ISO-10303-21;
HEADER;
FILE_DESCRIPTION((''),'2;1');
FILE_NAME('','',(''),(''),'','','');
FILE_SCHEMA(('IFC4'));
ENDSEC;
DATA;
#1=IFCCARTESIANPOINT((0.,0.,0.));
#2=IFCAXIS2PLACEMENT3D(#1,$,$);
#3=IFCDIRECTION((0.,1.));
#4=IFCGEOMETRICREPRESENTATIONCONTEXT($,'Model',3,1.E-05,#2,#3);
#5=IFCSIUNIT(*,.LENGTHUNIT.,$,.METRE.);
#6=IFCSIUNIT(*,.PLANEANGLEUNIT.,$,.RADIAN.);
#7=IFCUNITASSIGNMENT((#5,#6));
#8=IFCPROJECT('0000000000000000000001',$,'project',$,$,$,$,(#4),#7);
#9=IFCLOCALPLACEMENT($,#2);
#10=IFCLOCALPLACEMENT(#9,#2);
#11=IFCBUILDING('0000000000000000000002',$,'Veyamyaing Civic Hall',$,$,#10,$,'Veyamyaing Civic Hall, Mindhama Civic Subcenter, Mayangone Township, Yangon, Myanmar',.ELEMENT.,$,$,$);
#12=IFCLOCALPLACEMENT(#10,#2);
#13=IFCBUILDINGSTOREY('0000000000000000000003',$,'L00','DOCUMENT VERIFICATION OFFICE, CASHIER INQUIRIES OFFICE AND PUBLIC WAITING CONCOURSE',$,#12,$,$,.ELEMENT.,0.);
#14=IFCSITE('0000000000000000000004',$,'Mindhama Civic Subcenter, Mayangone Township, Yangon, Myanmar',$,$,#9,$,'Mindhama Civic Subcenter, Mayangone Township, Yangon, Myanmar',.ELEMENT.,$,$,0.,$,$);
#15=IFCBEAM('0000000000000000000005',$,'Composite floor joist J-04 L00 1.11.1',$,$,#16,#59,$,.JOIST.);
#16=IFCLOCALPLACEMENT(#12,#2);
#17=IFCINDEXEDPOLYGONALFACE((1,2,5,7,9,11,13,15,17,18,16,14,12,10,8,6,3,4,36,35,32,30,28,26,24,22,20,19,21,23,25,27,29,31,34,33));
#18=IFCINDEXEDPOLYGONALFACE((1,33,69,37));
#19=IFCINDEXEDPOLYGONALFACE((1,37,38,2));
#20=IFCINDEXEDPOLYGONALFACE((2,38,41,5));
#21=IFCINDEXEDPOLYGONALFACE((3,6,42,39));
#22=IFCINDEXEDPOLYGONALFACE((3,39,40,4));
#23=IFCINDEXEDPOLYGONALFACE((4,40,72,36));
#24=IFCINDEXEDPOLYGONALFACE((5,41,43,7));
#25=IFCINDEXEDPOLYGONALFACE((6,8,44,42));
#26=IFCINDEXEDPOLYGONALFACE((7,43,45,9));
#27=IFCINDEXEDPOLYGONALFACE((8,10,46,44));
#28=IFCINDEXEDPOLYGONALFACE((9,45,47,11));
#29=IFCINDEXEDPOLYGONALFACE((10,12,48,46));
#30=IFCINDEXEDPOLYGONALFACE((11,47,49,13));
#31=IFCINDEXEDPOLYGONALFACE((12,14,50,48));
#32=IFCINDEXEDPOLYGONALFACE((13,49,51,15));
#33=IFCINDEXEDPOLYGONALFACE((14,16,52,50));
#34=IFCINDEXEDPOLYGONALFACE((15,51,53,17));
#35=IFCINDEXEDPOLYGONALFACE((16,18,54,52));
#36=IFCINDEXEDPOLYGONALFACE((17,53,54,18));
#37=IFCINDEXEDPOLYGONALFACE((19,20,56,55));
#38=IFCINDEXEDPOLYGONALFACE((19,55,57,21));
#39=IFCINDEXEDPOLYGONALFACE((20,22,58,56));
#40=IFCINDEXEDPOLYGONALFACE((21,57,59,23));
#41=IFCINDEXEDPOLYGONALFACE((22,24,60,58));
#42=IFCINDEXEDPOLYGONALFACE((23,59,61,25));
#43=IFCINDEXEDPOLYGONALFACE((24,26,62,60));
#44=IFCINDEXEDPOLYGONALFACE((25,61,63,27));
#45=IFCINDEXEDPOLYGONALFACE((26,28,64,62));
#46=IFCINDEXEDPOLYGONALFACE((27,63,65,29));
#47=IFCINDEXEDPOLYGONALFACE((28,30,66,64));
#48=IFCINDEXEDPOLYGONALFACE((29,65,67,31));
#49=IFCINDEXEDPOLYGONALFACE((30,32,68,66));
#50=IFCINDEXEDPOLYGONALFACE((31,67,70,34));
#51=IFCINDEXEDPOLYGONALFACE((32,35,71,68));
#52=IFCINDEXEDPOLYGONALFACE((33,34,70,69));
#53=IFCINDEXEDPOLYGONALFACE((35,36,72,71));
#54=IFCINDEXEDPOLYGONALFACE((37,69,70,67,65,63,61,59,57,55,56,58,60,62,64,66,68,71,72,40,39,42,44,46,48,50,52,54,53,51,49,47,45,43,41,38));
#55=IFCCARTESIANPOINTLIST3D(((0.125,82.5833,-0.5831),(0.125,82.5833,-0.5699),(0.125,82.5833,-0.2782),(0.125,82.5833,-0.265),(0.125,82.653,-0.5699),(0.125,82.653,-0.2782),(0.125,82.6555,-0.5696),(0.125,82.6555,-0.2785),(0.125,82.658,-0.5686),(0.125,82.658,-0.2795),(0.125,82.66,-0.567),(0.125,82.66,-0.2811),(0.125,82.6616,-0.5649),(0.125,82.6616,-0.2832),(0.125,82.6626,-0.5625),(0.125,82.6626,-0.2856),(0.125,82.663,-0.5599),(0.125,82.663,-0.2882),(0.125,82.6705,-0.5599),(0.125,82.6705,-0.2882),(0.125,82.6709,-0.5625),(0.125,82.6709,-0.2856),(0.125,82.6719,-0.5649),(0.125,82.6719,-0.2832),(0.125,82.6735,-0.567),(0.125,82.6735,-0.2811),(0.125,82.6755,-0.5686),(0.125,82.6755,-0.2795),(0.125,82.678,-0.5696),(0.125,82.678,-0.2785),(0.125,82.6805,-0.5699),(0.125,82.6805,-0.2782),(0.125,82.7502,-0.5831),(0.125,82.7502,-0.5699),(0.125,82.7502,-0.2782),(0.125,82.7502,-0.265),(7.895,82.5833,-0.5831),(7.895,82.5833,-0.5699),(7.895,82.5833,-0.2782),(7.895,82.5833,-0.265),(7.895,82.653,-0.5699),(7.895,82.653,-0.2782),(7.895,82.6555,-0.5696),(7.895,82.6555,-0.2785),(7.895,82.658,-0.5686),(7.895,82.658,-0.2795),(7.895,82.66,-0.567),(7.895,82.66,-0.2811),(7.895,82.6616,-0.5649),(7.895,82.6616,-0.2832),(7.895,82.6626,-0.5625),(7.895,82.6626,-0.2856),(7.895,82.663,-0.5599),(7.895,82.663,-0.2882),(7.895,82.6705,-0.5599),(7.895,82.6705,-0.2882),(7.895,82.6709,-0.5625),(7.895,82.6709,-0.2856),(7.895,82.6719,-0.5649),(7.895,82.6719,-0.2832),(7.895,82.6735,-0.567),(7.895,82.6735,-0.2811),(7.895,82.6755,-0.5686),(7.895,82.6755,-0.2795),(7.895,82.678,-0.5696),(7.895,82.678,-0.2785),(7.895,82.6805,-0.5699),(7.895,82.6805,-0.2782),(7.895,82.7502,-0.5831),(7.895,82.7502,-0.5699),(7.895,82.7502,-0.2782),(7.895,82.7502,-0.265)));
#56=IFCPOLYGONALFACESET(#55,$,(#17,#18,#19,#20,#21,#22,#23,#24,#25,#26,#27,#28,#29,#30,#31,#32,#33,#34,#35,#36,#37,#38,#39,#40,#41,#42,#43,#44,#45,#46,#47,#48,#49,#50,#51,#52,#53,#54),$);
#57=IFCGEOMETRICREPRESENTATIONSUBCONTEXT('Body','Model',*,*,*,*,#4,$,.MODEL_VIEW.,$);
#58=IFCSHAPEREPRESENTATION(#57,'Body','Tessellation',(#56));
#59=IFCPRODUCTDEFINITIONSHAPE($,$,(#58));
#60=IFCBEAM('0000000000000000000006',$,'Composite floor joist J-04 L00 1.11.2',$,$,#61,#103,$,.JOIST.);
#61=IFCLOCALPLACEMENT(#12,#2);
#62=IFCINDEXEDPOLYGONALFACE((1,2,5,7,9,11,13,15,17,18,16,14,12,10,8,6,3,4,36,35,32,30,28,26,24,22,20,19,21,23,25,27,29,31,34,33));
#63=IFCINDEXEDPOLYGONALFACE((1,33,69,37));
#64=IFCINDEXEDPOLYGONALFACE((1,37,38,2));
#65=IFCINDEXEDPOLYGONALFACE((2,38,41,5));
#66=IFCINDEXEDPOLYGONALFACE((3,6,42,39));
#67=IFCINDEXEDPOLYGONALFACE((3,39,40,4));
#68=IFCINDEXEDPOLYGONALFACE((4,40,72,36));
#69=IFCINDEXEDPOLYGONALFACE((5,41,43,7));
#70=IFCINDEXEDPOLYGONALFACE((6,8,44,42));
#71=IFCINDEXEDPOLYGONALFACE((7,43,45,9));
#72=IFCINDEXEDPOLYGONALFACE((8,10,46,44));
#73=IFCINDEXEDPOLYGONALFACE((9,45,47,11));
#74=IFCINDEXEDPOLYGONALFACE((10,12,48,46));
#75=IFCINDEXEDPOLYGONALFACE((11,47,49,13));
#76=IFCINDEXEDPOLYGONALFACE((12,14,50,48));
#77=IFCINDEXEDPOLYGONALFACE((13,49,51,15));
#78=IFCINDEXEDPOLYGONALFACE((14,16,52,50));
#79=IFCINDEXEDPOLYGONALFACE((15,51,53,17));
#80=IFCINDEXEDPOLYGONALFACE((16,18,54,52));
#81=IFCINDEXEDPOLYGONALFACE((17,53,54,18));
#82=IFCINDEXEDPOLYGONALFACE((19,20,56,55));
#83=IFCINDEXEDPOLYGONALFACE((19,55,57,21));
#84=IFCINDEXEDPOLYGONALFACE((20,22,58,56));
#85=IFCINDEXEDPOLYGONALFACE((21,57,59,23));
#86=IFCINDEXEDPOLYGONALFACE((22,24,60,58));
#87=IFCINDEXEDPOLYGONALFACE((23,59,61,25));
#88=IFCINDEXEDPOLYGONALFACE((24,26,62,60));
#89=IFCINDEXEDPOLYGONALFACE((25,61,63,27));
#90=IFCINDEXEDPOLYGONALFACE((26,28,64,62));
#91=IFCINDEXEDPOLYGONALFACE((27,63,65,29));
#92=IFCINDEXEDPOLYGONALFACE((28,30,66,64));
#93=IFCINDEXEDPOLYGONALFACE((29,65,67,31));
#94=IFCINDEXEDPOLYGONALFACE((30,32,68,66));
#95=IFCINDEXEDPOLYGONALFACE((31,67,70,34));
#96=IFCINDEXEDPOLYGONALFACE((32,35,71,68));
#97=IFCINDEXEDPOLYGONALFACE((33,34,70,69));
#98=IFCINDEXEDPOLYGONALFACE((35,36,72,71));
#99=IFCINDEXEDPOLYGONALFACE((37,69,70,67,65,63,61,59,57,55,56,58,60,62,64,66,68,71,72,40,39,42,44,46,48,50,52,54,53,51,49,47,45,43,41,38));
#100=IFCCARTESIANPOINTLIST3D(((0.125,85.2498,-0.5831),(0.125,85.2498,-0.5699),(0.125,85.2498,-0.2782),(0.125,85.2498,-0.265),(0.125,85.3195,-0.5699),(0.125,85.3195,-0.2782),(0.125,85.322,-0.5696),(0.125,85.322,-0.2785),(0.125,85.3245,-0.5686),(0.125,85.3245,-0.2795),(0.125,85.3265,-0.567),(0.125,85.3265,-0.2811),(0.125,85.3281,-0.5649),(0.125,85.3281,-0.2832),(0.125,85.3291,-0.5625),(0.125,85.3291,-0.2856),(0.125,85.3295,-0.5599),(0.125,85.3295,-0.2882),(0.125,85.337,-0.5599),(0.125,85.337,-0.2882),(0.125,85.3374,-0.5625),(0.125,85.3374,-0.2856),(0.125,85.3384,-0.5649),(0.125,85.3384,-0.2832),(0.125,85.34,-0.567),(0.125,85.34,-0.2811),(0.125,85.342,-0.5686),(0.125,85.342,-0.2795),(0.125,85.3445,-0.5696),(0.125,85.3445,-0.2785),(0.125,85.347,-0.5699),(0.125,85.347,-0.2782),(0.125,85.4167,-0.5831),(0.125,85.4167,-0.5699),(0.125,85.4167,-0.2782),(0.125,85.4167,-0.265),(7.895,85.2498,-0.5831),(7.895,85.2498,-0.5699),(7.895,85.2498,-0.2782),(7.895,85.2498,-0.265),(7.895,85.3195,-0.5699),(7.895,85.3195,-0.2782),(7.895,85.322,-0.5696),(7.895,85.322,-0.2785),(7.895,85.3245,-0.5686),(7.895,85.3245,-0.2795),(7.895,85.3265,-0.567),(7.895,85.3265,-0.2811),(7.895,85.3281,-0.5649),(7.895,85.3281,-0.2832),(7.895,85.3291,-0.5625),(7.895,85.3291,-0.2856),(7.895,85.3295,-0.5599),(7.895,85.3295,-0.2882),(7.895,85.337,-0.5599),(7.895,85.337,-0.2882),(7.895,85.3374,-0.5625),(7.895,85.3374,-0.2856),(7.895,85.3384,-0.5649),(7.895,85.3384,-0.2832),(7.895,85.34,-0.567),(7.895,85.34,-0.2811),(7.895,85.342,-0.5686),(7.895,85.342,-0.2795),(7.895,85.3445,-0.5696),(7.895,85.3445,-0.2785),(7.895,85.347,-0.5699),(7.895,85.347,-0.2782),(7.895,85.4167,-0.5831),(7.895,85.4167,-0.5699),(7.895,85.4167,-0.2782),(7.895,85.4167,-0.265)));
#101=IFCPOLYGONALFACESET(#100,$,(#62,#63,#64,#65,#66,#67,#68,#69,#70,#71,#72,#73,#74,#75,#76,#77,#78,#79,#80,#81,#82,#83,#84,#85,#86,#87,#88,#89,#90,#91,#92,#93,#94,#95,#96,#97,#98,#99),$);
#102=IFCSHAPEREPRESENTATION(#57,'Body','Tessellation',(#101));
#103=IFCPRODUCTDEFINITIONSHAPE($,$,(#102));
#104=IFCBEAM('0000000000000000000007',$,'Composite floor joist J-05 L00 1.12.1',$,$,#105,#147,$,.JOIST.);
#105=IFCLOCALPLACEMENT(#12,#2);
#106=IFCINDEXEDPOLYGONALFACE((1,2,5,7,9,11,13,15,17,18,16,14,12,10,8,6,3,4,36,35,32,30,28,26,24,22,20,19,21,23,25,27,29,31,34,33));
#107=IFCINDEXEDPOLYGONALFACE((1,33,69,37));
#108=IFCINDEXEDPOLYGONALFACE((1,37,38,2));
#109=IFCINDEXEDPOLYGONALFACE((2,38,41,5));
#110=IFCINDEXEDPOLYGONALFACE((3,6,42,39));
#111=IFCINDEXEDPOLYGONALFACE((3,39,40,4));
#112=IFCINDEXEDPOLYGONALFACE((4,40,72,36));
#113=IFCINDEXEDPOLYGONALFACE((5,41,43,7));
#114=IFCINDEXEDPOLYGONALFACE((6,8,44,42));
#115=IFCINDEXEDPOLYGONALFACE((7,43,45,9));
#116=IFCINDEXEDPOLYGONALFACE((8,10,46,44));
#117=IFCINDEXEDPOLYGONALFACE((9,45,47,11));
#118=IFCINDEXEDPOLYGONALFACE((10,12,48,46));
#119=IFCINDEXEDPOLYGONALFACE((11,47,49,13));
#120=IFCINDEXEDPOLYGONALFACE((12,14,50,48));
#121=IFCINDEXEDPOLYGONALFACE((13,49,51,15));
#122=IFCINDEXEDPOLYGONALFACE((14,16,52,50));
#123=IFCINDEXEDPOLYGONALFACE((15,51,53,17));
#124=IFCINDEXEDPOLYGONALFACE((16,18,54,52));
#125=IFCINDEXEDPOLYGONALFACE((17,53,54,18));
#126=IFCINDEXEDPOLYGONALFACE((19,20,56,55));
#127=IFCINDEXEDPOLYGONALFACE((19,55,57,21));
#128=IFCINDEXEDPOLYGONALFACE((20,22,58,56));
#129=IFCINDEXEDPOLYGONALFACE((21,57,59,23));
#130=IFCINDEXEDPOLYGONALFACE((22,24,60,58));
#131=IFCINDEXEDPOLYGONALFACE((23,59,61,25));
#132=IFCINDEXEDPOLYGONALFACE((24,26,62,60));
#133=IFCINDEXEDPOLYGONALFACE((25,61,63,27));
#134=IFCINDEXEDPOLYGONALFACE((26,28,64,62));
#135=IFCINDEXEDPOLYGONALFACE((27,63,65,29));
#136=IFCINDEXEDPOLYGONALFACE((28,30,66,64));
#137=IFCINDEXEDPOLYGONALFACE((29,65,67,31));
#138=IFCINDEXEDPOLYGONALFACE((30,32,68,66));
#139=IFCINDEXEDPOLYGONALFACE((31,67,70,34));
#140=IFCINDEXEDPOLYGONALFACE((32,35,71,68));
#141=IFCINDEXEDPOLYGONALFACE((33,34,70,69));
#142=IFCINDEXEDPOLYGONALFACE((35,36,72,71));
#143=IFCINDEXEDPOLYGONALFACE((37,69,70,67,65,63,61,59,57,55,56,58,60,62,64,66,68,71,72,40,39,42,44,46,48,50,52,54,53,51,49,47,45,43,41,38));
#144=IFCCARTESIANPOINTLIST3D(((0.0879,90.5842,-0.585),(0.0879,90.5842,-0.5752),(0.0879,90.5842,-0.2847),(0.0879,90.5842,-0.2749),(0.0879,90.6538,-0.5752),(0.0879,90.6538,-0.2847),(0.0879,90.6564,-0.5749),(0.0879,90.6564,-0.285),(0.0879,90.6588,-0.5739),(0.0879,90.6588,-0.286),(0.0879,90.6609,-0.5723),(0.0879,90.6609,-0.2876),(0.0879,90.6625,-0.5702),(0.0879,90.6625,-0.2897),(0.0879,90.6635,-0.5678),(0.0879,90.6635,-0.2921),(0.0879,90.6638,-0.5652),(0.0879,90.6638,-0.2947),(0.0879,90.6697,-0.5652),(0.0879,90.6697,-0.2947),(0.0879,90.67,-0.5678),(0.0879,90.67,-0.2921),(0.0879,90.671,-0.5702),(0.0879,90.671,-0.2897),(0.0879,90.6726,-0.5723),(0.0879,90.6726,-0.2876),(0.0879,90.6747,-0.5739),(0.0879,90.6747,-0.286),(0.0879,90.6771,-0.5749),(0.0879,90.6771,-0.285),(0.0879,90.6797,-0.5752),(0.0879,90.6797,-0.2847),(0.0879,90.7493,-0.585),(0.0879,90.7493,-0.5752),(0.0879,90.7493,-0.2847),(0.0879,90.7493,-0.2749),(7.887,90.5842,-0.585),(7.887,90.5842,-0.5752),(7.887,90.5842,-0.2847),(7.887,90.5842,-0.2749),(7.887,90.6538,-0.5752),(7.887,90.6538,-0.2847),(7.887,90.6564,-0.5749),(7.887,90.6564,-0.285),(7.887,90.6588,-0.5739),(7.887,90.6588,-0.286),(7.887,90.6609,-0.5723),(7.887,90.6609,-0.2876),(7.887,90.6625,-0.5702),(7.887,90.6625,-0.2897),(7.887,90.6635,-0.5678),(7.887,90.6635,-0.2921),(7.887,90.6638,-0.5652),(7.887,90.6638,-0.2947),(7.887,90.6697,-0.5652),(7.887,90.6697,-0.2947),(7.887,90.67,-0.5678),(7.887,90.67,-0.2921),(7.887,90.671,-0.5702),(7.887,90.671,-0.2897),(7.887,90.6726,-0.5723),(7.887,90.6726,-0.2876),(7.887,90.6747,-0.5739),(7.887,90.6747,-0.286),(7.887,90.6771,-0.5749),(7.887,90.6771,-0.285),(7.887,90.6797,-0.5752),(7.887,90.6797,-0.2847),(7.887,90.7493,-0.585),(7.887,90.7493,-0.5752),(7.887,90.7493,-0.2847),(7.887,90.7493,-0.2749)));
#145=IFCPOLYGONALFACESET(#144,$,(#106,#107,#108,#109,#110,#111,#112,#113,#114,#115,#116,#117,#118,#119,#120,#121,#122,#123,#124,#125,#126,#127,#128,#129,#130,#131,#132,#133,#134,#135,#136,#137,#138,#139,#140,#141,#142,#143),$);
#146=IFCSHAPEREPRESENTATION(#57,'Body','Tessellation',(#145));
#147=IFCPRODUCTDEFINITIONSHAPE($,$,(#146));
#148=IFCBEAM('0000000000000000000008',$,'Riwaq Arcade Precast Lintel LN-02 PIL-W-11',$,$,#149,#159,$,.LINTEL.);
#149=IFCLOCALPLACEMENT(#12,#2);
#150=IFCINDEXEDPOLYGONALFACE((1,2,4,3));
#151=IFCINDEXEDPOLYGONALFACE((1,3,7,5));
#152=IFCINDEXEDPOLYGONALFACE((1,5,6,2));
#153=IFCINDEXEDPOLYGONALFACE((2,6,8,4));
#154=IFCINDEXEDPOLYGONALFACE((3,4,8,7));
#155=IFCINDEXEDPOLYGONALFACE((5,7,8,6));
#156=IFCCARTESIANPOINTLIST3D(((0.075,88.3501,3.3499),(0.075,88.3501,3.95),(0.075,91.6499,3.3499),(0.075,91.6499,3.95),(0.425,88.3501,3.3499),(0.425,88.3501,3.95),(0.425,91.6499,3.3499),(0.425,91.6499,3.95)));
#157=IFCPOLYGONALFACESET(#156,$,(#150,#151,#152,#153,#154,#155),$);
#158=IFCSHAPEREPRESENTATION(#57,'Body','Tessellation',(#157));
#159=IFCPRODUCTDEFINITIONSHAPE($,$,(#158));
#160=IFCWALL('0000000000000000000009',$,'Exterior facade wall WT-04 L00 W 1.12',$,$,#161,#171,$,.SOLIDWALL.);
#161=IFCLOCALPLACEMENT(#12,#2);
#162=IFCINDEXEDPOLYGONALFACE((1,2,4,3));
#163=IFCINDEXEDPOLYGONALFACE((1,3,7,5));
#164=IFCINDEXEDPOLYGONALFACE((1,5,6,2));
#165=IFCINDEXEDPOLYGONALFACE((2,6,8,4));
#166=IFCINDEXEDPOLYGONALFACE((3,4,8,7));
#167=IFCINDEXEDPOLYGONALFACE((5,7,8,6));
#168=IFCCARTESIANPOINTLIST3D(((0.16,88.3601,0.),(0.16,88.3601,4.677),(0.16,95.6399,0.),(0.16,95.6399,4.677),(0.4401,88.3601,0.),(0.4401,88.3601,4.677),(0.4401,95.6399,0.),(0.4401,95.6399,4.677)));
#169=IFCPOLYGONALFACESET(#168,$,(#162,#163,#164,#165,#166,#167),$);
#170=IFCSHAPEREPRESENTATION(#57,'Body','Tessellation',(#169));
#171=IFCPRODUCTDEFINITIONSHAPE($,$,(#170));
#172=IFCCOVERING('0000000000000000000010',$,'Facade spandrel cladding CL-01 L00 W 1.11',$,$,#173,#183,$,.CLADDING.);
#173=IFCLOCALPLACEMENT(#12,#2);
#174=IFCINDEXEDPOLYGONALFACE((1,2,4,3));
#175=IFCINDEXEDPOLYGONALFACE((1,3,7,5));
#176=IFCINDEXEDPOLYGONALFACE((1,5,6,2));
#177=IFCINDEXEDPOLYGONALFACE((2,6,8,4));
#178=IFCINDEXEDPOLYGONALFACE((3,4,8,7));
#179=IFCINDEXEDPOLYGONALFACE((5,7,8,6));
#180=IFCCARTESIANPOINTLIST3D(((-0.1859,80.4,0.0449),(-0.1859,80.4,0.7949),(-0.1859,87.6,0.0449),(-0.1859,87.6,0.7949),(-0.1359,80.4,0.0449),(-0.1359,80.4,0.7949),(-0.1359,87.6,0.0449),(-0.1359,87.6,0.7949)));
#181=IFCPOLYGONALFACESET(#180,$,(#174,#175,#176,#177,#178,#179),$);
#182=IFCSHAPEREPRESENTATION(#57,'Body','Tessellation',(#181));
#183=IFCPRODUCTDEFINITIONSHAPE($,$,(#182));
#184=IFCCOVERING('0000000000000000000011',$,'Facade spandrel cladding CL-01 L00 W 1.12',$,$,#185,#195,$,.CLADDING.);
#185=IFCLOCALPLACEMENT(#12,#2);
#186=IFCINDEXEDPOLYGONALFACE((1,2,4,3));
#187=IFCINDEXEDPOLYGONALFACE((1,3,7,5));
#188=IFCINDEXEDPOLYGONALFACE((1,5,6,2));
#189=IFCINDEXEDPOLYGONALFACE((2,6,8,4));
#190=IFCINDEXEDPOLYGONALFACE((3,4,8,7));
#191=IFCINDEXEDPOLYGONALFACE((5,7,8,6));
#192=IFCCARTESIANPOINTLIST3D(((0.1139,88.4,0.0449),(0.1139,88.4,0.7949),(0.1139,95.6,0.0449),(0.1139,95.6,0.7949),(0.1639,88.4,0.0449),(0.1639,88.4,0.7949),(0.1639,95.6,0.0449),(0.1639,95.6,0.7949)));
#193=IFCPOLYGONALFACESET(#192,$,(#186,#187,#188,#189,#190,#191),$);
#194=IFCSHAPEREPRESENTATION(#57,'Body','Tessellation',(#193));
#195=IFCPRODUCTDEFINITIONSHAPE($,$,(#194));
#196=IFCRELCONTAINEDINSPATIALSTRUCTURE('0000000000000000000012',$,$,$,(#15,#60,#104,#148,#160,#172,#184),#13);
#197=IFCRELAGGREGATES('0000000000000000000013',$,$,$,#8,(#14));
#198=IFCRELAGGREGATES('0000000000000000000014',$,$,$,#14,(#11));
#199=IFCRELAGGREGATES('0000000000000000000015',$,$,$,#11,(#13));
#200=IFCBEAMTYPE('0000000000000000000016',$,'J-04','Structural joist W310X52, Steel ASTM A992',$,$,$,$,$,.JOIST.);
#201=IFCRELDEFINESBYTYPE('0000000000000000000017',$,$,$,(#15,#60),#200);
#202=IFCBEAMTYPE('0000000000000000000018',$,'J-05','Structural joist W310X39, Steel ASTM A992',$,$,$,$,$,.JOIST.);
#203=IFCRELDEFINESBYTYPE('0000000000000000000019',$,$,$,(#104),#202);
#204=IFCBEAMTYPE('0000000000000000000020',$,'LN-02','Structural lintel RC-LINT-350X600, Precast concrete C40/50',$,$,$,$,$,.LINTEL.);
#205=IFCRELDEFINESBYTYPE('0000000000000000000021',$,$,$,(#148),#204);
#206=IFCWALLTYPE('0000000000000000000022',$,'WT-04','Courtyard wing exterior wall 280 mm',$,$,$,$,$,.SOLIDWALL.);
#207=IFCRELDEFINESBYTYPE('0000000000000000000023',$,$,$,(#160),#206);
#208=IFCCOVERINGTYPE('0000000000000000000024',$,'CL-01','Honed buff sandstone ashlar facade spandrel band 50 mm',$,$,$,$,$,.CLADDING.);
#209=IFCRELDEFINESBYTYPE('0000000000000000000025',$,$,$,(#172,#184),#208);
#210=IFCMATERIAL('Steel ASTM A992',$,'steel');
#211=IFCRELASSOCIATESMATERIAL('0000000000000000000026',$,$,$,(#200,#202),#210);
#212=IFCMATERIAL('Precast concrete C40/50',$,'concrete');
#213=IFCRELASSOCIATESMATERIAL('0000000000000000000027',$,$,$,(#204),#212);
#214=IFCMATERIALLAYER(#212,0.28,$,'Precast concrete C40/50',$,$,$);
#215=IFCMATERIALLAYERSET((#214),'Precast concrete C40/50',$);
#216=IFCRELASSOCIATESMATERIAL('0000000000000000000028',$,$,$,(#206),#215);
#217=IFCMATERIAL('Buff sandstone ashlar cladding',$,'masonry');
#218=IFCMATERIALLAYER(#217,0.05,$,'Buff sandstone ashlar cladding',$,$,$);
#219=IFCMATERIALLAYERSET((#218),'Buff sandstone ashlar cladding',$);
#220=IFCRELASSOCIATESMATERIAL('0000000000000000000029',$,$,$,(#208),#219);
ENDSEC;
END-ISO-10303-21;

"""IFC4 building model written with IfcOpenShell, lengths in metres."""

from ifc_helpers import new_model, si_unit, direction, frame, frame_2d, origin, origin_2d, place, context, subcontext, project, spatial, rectangle, i_section, extrude, material, layer, layer_set, material_profile, profile_set, type_object, element, save


model = new_model("IFC4")

# Units and contexts
model_context = context("Model", 3, precision=1e-05, world=origin(), true_north=direction((0.0, 1.0)))
body_context = subcontext(model_context, "Body", "Model", "MODEL_VIEW")
ifc_project = project(units=[si_unit("LENGTHUNIT", "METRE"), si_unit("PLANEANGLEUNIT", "RADIAN")], contexts=[model_context])

# Site, building, storey
site_placement = place(None, origin())
site = spatial("IfcSite", under=ifc_project, at=site_placement, Name="Mindhama Civic Subcenter, Mayangone Township, Yangon, Myanmar", LongName="Mindhama Civic Subcenter, Mayangone Township, Yangon, Myanmar", CompositionType="ELEMENT", RefElevation=0.0)
building_placement = place(site_placement, origin())
building = spatial("IfcBuilding", under=site, at=building_placement, Name="Veyamyaing Civic Hall", LongName="Veyamyaing Civic Hall, Mindhama Civic Subcenter, Mayangone Township, Yangon, Myanmar", CompositionType="ELEMENT")
storey_placement = place(building_placement, origin())
storey = spatial("IfcBuildingStorey", under=building, at=storey_placement, Name="L00", Description="DOCUMENT VERIFICATION OFFICE, CASHIER INQUIRIES OFFICE AND PUBLIC WAITING CONCOURSE", CompositionType="ELEMENT", Elevation=0.0)

# Beams
ifc_material_1 = material(Name="Steel ASTM A992", Category="steel")
ifc_material_profile_1 = material_profile(ifc_material_1, i_section(OverallWidth=0.167, OverallDepth=0.3181, WebThickness=0.0076, FlangeThickness=0.0132, FilletRadius=0.01, at=origin_2d()), Name="W310X52")
ifc_profile_set_1 = profile_set([ifc_material_profile_1], Name="Steel ASTM A992")
beam_type_1 = type_object("IfcBeamType", Name="J-04", Description="Structural joist W310X52, Steel ASTM A992", PredefinedType="JOIST", material=ifc_profile_set_1)
for number, where, z_axis, x_axis, name in (
    (1, (0.125, 82.6667, -0.4241), (1.0, 0.0, 0.0), (0.0, 1.0, 0.0), "Composite floor joist J-04 L00 1.11.1"),
    (2, (0.125, 85.3333, -0.4241), (1.0, 0.0, 0.0), (0.0, 1.0, 0.0), "Composite floor joist J-04 L00 1.11.2"),
):
    element("IfcBeam", number, at=place(storey_placement, frame(where, z_axis=z_axis, x_axis=x_axis)), inside=storey, type_object=beam_type_1, Name=name, PredefinedType="JOIST", context=body_context, shape_type="SweptSolid", body=[
        extrude(i_section(OverallWidth=0.167, OverallDepth=0.3181, WebThickness=0.0076, FlangeThickness=0.0132, FilletRadius=0.01, at=origin_2d()), origin(), (0.0, 0.0, 1.0), 7.77),
    ])
ifc_material_profile_2 = material_profile(ifc_material_1, i_section(OverallWidth=0.165, OverallDepth=0.3101, WebThickness=0.0059, FlangeThickness=0.0098, FilletRadius=0.01, at=origin_2d()), Name="W310X39")
ifc_profile_set_2 = profile_set([ifc_material_profile_2], Name="Steel ASTM A992")
beam_type_2 = type_object("IfcBeamType", Name="J-05", Description="Structural joist W310X39, Steel ASTM A992", PredefinedType="JOIST", material=ifc_profile_set_2)
beam_1_placement = place(storey_placement, frame((0.0879, 90.6667, -0.4299), z_axis=(1.0, 0.0, 0.0), x_axis=(0.0, 1.0, 0.0)))
element("IfcBeam", 3, at=beam_1_placement, inside=storey, type_object=beam_type_2, Name="Composite floor joist J-05 L00 1.12.1", PredefinedType="JOIST", context=body_context, shape_type="SweptSolid", body=[
    extrude(i_section(OverallWidth=0.165, OverallDepth=0.3101, WebThickness=0.0059, FlangeThickness=0.0098, FilletRadius=0.01, at=origin_2d()), origin(), (0.0, 0.0, 1.0), 7.7991),
])
ifc_material_2 = material(Name="Precast concrete C40/50", Category="concrete")
ifc_material_profile_3 = material_profile(ifc_material_2, rectangle(XDim=0.3501, YDim=0.6001, at=origin_2d()), Name="RC-LINT-350X600")
ifc_profile_set_3 = profile_set([ifc_material_profile_3], Name="Precast concrete C40/50")
beam_type_3 = type_object("IfcBeamType", Name="LN-02", Description="Structural lintel RC-LINT-350X600, Precast concrete C40/50", PredefinedType="LINTEL", material=ifc_profile_set_3)
beam_2_placement = place(storey_placement, frame((0.25, 88.3501, 3.6499), z_axis=(0.0, 1.0, 0.0), x_axis=(-1.0, 0.0, 0.0)))
element("IfcBeam", 4, at=beam_2_placement, inside=storey, type_object=beam_type_3, Name="Riwaq Arcade Precast Lintel LN-02 PIL-W-11", PredefinedType="LINTEL", context=body_context, shape_type="SweptSolid", body=[
    extrude(rectangle(XDim=0.3501, YDim=0.6001, at=origin_2d()), origin(), (0.0, 0.0, 1.0), 3.2998),
])

# Wall
ifc_layer_1 = layer(ifc_material_2, 0.28, Name="Precast concrete C40/50")
ifc_layer_set_1 = layer_set([ifc_layer_1], Name="Precast concrete C40/50")
wall_type = type_object("IfcWallType", Name="WT-04", Description="Courtyard wing exterior wall 280 mm", PredefinedType="SOLIDWALL", material=ifc_layer_set_1)
wall_placement = place(storey_placement, frame((0.3, 88.3601, 0.0), z_axis=(0.0, 0.0, 1.0), x_axis=(0.0, 1.0, 0.0)))
element("IfcWall", 5, at=wall_placement, inside=storey, type_object=wall_type, Name="Exterior facade wall WT-04 L00 W 1.12", PredefinedType="SOLIDWALL", context=body_context, shape_type="SweptSolid", body=[
    extrude(rectangle(XDim=7.2798, YDim=0.28, at=frame_2d((3.6399, 0.0))), origin(), (0.0, 0.0, 1.0), 4.677),
])

# Coverings
ifc_material_3 = material(Name="Buff sandstone ashlar cladding", Category="masonry")
ifc_layer_2 = layer(ifc_material_3, 0.05, Name="Buff sandstone ashlar cladding")
ifc_layer_set_2 = layer_set([ifc_layer_2], Name="Buff sandstone ashlar cladding")
covering_type_1 = type_object("IfcCoveringType", Name="CL-01", Description="Honed buff sandstone ashlar facade spandrel band 50 mm", PredefinedType="CLADDING", material=ifc_layer_set_2)
for number, where, z_axis, x_axis, name in (
    (6, (-0.1609, 84.0, 0.0449), (0.0, 0.0, 1.0), (0.0, 1.0, 0.0), "Facade spandrel cladding CL-01 L00 W 1.11"),
    (7, (0.1389, 92.0, 0.0449), (0.0, 0.0, 1.0), (0.0, 1.0, 0.0), "Facade spandrel cladding CL-01 L00 W 1.12"),
):
    element("IfcCovering", number, at=place(storey_placement, frame(where, z_axis=z_axis, x_axis=x_axis)), inside=storey, type_object=covering_type_1, Name=name, PredefinedType="CLADDING", context=body_context, shape_type="SweptSolid", body=[
        extrude(rectangle(XDim=7.2, YDim=0.05, at=origin_2d()), origin(), (0.0, 0.0, 1.0), 0.75),
    ])

save(model, "model.ifc")
